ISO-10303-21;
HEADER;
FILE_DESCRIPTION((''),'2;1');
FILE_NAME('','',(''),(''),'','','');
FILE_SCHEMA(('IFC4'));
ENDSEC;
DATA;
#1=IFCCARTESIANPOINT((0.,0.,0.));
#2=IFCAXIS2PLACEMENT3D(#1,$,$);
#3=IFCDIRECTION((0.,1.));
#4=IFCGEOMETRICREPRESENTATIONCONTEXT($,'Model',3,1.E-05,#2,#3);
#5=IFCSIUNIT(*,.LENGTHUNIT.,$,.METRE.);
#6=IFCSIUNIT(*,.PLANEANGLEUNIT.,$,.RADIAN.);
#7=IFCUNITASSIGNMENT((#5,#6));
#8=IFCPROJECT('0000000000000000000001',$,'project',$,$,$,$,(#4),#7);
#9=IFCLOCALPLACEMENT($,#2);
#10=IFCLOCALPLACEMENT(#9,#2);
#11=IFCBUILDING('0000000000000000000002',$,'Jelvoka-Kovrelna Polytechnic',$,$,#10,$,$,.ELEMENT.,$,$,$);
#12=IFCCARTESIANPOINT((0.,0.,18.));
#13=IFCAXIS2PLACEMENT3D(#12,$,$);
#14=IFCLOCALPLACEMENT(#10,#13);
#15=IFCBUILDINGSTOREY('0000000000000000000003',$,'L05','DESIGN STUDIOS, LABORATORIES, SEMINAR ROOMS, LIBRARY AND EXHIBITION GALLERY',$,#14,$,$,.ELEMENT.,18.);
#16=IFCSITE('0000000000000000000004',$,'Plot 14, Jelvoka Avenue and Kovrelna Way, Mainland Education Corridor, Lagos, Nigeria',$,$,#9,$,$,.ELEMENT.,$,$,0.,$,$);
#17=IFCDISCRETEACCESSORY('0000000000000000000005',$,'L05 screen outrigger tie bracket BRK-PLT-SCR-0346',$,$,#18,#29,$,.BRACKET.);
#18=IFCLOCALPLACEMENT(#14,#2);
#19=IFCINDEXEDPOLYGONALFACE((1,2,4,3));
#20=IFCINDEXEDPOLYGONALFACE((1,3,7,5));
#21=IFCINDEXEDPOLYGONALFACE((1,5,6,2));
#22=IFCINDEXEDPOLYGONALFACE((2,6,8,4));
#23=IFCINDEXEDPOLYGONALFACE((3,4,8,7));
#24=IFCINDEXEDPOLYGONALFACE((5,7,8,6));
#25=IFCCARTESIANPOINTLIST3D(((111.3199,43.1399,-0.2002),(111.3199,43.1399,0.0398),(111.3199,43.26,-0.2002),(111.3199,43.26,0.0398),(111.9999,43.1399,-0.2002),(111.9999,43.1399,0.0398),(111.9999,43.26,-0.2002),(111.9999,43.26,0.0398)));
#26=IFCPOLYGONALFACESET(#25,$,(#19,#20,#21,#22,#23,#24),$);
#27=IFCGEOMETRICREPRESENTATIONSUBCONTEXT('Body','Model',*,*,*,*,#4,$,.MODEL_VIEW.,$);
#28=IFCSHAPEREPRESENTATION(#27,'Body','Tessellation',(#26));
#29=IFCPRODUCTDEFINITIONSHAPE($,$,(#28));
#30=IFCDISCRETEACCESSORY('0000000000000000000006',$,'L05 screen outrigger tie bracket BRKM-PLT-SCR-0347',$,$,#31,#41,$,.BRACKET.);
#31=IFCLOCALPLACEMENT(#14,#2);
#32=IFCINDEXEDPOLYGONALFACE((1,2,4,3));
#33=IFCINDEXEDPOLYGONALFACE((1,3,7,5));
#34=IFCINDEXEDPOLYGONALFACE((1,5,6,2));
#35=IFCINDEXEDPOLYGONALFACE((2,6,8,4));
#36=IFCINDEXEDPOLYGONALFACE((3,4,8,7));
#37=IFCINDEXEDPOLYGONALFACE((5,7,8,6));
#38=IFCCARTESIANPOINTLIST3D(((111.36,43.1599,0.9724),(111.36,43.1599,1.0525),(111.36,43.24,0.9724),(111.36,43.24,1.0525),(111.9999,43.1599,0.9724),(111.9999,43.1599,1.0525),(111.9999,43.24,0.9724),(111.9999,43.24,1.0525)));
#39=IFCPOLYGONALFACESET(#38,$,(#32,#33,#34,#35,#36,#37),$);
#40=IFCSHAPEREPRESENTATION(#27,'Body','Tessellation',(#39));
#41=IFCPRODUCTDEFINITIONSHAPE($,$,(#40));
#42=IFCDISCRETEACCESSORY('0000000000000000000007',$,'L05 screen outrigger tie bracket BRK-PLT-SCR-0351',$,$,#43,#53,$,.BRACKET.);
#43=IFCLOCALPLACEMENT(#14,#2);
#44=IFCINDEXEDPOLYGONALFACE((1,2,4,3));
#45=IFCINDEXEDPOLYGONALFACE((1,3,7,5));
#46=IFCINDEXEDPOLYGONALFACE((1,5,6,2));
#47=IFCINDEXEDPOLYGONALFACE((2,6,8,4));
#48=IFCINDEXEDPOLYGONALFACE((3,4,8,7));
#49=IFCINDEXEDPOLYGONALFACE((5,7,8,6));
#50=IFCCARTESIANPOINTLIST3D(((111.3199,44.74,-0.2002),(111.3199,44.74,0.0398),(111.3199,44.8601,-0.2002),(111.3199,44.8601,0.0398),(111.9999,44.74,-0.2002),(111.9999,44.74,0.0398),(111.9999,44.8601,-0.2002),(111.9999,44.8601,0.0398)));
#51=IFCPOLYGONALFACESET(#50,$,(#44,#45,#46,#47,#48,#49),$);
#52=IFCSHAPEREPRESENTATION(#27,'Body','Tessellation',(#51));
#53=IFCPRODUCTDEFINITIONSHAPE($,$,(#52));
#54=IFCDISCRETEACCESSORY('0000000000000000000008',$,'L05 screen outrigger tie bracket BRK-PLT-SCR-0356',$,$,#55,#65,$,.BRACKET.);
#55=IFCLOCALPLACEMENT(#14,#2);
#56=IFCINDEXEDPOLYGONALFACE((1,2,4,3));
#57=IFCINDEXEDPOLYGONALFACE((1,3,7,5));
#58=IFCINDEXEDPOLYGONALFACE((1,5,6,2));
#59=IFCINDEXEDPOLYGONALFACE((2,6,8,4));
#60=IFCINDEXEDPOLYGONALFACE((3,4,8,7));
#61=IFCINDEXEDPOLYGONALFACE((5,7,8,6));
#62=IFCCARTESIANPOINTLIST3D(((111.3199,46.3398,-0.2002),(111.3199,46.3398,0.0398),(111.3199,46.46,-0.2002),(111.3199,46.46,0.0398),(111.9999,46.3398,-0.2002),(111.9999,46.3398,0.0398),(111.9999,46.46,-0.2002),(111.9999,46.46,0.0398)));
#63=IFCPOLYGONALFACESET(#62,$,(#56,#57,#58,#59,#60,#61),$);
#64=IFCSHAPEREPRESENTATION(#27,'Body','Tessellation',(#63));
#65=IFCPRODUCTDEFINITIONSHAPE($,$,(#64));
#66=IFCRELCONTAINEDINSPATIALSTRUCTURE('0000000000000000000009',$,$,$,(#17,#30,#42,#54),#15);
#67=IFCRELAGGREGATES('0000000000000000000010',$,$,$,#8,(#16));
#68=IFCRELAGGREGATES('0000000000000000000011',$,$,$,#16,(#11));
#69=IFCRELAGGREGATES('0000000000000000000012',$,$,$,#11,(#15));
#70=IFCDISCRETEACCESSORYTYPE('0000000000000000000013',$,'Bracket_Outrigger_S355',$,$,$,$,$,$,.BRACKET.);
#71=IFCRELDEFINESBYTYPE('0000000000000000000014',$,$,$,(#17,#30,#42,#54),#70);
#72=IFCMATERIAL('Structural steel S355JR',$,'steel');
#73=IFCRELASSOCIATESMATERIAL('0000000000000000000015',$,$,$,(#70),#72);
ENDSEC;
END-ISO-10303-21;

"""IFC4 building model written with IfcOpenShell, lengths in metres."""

from ifc_helpers import new_model, si_unit, direction, frame, origin, origin_2d, place, context, subcontext, project, spatial, rectangle, extrude, material, type_object, element, save


model = new_model("IFC4")

# Units and contexts
model_context = context("Model", 3, precision=1e-05, world=origin(), true_north=direction((0.0, 1.0)))
body_context = subcontext(model_context, "Body", "Model", "MODEL_VIEW")
ifc_project = project(units=[si_unit("LENGTHUNIT", "METRE"), si_unit("PLANEANGLEUNIT", "RADIAN")], contexts=[model_context])

# Site, building, storey
site_placement = place(None, origin())
site = spatial("IfcSite", under=ifc_project, at=site_placement, Name="Plot 14, Jelvoka Avenue and Kovrelna Way, Mainland Education Corridor, Lagos, Nigeria", CompositionType="ELEMENT", RefElevation=0.0)
building_placement = place(site_placement, origin())
building = spatial("IfcBuilding", under=site, at=building_placement, Name="Jelvoka-Kovrelna Polytechnic", CompositionType="ELEMENT")
storey_placement = place(building_placement, frame((0.0, 0.0, 18.0)))
storey = spatial("IfcBuildingStorey", under=building, at=storey_placement, Name="L05", Description="DESIGN STUDIOS, LABORATORIES, SEMINAR ROOMS, LIBRARY AND EXHIBITION GALLERY", CompositionType="ELEMENT", Elevation=18.0)

# Discrete accessories
ifc_material_1 = material(Name="Structural steel S355JR", Category="steel")
discrete_accessory_type = type_object("IfcDiscreteAccessoryType", Name="Bracket_Outrigger_S355", PredefinedType="BRACKET", material=ifc_material_1)
discrete_accessory_1_placement = place(storey_placement, frame((111.6599, 43.2, -0.2002), z_axis=(0.0, 0.0, 1.0), x_axis=(1.0, 0.0, 0.0)))
element("IfcDiscreteAccessory", 1, at=discrete_accessory_1_placement, inside=storey, type_object=discrete_accessory_type, Name="L05 screen outrigger tie bracket BRK-PLT-SCR-0346", PredefinedType="BRACKET", context=body_context, shape_type="SweptSolid", body=[
    extrude(rectangle(XDim=0.6799, YDim=0.1201, at=origin_2d()), origin(), (0.0, 0.0, 1.0), 0.24),
])
discrete_accessory_2_placement = place(storey_placement, frame((111.6799, 43.2, 0.9724), z_axis=(0.0, 0.0, 1.0), x_axis=(1.0, 0.0, 0.0)))
element("IfcDiscreteAccessory", 2, at=discrete_accessory_2_placement, inside=storey, type_object=discrete_accessory_type, Name="L05 screen outrigger tie bracket BRKM-PLT-SCR-0347", PredefinedType="BRACKET", context=body_context, shape_type="SweptSolid", body=[
    extrude(rectangle(XDim=0.6399, YDim=0.0801, at=origin_2d()), origin(), (0.0, 0.0, 1.0), 0.0801),
])
for number, where, z_axis, x_axis, name in (
    (3, (111.6599, 44.8, -0.2002), (0.0, 0.0, 1.0), (1.0, 0.0, 0.0), "L05 screen outrigger tie bracket BRK-PLT-SCR-0351"),
    (4, (111.6599, 46.3999, -0.2002), (0.0, 0.0, 1.0), (1.0, 0.0, 0.0), "L05 screen outrigger tie bracket BRK-PLT-SCR-0356"),
):
    element("IfcDiscreteAccessory", number, at=place(storey_placement, frame(where, z_axis=z_axis, x_axis=x_axis)), inside=storey, type_object=discrete_accessory_type, Name=name, PredefinedType="BRACKET", context=body_context, shape_type="SweptSolid", body=[
        extrude(rectangle(XDim=0.6799, YDim=0.1201, at=origin_2d()), origin(), (0.0, 0.0, 1.0), 0.24),
    ])

save(model, "model.ifc")
